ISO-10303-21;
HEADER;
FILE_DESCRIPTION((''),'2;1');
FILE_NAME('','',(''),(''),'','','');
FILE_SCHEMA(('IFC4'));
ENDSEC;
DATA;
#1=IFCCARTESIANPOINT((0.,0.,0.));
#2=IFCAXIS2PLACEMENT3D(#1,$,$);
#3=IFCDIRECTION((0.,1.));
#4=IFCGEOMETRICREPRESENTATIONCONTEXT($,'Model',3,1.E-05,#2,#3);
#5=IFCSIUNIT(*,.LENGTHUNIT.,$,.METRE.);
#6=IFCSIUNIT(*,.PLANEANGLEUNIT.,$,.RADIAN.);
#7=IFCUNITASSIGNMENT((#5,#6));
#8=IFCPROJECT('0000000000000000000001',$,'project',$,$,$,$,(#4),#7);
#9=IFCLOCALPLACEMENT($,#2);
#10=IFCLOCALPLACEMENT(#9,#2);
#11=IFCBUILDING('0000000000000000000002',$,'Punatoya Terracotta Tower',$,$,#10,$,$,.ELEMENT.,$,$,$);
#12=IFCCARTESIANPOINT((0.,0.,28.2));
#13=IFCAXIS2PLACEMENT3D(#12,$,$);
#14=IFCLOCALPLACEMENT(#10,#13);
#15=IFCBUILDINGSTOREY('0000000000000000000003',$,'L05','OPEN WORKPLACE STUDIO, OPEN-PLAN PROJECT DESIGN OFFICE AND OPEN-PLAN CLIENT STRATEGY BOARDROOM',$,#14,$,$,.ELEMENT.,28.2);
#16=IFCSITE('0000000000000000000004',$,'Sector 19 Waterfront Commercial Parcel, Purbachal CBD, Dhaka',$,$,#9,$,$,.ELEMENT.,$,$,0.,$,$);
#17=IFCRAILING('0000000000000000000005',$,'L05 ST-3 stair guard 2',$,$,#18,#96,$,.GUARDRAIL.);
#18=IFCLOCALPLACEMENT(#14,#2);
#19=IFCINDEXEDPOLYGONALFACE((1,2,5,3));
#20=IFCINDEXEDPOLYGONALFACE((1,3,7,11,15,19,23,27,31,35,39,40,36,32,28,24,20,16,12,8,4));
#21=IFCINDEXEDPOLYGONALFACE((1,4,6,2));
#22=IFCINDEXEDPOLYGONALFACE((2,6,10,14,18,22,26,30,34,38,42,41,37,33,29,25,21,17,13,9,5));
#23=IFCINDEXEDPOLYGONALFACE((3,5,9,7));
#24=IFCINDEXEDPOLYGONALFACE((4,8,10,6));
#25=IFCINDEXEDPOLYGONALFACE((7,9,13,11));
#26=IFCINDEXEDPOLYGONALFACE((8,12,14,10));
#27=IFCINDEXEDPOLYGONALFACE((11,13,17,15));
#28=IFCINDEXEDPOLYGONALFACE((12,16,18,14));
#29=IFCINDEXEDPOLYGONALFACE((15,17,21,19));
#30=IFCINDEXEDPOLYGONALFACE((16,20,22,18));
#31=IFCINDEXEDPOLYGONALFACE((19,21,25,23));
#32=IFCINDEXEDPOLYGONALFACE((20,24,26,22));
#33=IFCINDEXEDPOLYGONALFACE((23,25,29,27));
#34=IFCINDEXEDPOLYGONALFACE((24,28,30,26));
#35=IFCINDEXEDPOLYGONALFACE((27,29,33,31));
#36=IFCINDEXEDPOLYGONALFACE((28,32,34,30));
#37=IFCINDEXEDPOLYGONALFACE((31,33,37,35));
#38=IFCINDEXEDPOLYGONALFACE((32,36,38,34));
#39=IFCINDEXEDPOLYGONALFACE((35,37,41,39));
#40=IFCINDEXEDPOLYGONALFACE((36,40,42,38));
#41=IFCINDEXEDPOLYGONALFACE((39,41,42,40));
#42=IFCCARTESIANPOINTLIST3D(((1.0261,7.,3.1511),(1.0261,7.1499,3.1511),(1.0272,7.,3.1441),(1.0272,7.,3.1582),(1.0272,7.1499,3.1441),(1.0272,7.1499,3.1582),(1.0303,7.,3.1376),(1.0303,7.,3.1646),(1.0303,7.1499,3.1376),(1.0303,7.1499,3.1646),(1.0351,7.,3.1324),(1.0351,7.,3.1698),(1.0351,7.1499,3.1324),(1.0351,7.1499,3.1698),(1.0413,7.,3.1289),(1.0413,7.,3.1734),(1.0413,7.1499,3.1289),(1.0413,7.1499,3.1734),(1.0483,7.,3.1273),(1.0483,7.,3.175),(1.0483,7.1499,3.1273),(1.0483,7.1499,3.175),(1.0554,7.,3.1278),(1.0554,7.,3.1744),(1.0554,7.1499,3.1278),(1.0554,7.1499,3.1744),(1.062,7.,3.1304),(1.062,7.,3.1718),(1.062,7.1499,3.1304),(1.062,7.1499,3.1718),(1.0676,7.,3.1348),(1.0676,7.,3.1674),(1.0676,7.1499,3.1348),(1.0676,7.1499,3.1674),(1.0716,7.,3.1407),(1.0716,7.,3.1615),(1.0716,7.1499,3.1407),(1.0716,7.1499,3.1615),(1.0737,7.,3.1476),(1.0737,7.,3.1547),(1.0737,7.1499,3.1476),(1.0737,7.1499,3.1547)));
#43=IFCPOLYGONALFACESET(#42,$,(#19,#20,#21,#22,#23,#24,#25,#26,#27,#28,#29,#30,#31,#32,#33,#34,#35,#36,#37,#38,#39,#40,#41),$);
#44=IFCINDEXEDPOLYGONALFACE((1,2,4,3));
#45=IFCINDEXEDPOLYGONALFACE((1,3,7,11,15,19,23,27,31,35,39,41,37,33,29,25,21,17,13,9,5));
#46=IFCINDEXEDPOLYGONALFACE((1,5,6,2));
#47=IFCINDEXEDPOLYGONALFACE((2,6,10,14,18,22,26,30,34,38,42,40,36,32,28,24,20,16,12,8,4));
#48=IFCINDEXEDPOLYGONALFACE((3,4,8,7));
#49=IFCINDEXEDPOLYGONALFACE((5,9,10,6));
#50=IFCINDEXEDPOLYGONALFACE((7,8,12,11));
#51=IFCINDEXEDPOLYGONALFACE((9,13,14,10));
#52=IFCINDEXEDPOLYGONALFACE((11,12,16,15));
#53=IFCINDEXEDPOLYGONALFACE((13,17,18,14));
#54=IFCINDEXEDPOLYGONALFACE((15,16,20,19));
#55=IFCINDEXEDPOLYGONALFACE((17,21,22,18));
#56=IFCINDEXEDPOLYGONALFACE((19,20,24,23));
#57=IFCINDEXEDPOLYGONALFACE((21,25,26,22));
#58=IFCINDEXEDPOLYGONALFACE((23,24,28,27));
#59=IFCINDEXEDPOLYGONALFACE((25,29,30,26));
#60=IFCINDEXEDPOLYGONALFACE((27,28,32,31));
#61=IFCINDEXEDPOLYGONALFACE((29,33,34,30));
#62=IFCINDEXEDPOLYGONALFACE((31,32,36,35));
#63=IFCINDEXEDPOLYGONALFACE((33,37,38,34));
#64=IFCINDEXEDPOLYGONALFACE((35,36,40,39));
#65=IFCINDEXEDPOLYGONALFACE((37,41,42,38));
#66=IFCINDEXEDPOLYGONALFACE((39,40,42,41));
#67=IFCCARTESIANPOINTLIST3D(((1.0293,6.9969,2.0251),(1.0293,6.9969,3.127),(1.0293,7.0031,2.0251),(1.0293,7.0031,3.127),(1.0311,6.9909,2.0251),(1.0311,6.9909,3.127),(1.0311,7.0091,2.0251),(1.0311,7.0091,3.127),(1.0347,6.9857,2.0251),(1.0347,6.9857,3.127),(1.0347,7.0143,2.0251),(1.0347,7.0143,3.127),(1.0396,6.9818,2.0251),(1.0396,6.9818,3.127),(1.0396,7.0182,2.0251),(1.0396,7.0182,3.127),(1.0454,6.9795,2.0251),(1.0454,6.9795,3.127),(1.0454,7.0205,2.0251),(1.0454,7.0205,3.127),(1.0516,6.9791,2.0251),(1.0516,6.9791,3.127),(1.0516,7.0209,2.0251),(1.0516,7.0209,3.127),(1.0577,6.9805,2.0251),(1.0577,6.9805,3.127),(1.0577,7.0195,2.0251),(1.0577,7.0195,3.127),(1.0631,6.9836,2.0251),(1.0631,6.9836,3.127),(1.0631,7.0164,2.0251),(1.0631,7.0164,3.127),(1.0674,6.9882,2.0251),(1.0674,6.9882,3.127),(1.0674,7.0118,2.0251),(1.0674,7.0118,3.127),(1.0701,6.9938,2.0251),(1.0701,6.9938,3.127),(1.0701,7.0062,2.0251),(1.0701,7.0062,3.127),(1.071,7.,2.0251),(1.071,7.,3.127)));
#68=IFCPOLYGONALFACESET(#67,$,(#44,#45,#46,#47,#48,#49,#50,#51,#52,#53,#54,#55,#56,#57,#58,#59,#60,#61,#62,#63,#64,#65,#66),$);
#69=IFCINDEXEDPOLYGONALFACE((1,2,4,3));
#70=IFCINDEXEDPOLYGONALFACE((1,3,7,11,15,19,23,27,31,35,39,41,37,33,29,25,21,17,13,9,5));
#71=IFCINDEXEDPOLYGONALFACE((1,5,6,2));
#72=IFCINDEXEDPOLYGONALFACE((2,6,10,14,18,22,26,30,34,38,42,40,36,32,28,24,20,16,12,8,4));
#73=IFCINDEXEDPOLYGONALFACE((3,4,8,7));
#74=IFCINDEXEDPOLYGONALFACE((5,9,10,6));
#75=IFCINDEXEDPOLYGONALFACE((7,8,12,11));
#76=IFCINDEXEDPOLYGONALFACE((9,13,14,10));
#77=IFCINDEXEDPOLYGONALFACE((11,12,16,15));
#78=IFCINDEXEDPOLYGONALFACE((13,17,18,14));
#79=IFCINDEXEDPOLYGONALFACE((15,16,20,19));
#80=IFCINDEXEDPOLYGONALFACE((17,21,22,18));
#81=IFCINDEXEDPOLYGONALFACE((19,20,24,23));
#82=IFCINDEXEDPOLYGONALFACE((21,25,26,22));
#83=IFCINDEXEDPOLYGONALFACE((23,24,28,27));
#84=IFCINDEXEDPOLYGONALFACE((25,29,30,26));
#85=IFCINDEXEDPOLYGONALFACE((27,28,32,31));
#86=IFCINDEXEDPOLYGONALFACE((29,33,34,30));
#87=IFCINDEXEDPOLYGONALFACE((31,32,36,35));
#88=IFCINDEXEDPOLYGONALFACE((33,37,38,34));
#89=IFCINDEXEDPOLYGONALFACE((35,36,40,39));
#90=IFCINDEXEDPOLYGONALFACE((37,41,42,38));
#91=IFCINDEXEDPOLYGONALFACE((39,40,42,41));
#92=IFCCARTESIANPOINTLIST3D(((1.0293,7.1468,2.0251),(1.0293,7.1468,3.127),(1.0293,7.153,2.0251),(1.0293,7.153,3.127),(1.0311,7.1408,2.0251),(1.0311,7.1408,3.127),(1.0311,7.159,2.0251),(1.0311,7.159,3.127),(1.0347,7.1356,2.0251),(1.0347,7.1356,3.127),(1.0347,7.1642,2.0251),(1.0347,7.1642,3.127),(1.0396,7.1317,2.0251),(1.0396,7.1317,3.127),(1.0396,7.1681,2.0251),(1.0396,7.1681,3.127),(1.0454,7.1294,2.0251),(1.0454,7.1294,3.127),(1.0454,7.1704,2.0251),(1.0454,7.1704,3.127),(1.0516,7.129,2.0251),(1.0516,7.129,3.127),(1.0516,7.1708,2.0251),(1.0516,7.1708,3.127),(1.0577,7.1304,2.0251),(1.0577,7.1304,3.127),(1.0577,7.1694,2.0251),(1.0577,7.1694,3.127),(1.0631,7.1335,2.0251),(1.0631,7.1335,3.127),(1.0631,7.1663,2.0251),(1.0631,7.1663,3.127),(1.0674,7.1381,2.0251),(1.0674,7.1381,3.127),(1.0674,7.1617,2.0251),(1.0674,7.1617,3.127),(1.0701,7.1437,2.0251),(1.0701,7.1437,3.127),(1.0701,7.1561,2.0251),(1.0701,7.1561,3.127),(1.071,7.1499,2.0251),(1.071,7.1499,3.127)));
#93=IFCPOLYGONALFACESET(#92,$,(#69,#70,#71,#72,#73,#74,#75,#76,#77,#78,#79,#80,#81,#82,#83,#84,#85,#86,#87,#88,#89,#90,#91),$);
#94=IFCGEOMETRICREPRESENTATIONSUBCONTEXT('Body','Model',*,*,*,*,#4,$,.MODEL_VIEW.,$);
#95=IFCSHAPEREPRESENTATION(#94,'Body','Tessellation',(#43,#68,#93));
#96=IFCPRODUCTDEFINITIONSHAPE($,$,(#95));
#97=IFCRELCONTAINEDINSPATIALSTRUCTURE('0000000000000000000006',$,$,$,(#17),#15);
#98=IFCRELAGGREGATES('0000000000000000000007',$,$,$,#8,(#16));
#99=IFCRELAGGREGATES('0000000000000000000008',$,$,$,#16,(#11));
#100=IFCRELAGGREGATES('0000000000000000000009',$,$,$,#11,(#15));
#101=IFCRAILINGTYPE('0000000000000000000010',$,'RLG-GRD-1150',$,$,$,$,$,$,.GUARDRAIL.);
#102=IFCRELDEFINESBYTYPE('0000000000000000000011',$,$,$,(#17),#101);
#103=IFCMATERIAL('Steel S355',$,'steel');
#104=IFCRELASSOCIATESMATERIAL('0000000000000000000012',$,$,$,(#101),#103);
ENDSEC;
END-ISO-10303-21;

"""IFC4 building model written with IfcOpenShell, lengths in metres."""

from ifc_helpers import new_model, si_unit, direction, frame, origin, origin_2d, place, context, subcontext, project, spatial, circle, extrude, material, type_object, element, save


model = new_model("IFC4")

# Units and contexts
model_context = context("Model", 3, precision=1e-05, world=origin(), true_north=direction((0.0, 1.0)))
body_context = subcontext(model_context, "Body", "Model", "MODEL_VIEW")
ifc_project = project(units=[si_unit("LENGTHUNIT", "METRE"), si_unit("PLANEANGLEUNIT", "RADIAN")], contexts=[model_context])

# Site, building, storey
site_placement = place(None, origin())
site = spatial("IfcSite", under=ifc_project, at=site_placement, Name="Sector 19 Waterfront Commercial Parcel, Purbachal CBD, Dhaka", CompositionType="ELEMENT", RefElevation=0.0)
building_placement = place(site_placement, origin())
building = spatial("IfcBuilding", under=site, at=building_placement, Name="Punatoya Terracotta Tower", CompositionType="ELEMENT")
storey_placement = place(building_placement, frame((0.0, 0.0, 28.2)))
storey = spatial("IfcBuildingStorey", under=building, at=storey_placement, Name="L05", Description="OPEN WORKPLACE STUDIO, OPEN-PLAN PROJECT DESIGN OFFICE AND OPEN-PLAN CLIENT STRATEGY BOARDROOM", CompositionType="ELEMENT", Elevation=28.2)

# Shared definitions
ifc_material_1 = material(Name="Steel S355", Category="steel")

# Railing
railing_type_1 = type_object("IfcRailingType", Name="RLG-GRD-1150", PredefinedType="GUARDRAIL", material=ifc_material_1)
railing_1_placement = place(storey_placement, frame((1.05, 7.0, 2.0251)))
element("IfcRailing", 1, at=railing_1_placement, inside=storey, type_object=railing_type_1, Name="L05 ST-3 stair guard 2", PredefinedType="GUARDRAIL", context=body_context, shape_type="SweptSolid", body=[
    extrude(circle(Radius=0.0239, at=origin_2d()), frame((0.0, 0.0, 1.126), z_axis=(0.0, 1.0, 0.0), x_axis=(-1.0, 0.0, 0.0)), (0.0, 0.0, 1.0), 0.1499),
    extrude(circle(Radius=0.021, at=origin_2d()), origin(), (0.0, 0.0, 1.0), 1.1018),
    extrude(circle(Radius=0.021, at=origin_2d()), frame((0.0, 0.1499, 0.0)), (0.0, 0.0, 1.0), 1.1018),
])

save(model, "model.ifc")
